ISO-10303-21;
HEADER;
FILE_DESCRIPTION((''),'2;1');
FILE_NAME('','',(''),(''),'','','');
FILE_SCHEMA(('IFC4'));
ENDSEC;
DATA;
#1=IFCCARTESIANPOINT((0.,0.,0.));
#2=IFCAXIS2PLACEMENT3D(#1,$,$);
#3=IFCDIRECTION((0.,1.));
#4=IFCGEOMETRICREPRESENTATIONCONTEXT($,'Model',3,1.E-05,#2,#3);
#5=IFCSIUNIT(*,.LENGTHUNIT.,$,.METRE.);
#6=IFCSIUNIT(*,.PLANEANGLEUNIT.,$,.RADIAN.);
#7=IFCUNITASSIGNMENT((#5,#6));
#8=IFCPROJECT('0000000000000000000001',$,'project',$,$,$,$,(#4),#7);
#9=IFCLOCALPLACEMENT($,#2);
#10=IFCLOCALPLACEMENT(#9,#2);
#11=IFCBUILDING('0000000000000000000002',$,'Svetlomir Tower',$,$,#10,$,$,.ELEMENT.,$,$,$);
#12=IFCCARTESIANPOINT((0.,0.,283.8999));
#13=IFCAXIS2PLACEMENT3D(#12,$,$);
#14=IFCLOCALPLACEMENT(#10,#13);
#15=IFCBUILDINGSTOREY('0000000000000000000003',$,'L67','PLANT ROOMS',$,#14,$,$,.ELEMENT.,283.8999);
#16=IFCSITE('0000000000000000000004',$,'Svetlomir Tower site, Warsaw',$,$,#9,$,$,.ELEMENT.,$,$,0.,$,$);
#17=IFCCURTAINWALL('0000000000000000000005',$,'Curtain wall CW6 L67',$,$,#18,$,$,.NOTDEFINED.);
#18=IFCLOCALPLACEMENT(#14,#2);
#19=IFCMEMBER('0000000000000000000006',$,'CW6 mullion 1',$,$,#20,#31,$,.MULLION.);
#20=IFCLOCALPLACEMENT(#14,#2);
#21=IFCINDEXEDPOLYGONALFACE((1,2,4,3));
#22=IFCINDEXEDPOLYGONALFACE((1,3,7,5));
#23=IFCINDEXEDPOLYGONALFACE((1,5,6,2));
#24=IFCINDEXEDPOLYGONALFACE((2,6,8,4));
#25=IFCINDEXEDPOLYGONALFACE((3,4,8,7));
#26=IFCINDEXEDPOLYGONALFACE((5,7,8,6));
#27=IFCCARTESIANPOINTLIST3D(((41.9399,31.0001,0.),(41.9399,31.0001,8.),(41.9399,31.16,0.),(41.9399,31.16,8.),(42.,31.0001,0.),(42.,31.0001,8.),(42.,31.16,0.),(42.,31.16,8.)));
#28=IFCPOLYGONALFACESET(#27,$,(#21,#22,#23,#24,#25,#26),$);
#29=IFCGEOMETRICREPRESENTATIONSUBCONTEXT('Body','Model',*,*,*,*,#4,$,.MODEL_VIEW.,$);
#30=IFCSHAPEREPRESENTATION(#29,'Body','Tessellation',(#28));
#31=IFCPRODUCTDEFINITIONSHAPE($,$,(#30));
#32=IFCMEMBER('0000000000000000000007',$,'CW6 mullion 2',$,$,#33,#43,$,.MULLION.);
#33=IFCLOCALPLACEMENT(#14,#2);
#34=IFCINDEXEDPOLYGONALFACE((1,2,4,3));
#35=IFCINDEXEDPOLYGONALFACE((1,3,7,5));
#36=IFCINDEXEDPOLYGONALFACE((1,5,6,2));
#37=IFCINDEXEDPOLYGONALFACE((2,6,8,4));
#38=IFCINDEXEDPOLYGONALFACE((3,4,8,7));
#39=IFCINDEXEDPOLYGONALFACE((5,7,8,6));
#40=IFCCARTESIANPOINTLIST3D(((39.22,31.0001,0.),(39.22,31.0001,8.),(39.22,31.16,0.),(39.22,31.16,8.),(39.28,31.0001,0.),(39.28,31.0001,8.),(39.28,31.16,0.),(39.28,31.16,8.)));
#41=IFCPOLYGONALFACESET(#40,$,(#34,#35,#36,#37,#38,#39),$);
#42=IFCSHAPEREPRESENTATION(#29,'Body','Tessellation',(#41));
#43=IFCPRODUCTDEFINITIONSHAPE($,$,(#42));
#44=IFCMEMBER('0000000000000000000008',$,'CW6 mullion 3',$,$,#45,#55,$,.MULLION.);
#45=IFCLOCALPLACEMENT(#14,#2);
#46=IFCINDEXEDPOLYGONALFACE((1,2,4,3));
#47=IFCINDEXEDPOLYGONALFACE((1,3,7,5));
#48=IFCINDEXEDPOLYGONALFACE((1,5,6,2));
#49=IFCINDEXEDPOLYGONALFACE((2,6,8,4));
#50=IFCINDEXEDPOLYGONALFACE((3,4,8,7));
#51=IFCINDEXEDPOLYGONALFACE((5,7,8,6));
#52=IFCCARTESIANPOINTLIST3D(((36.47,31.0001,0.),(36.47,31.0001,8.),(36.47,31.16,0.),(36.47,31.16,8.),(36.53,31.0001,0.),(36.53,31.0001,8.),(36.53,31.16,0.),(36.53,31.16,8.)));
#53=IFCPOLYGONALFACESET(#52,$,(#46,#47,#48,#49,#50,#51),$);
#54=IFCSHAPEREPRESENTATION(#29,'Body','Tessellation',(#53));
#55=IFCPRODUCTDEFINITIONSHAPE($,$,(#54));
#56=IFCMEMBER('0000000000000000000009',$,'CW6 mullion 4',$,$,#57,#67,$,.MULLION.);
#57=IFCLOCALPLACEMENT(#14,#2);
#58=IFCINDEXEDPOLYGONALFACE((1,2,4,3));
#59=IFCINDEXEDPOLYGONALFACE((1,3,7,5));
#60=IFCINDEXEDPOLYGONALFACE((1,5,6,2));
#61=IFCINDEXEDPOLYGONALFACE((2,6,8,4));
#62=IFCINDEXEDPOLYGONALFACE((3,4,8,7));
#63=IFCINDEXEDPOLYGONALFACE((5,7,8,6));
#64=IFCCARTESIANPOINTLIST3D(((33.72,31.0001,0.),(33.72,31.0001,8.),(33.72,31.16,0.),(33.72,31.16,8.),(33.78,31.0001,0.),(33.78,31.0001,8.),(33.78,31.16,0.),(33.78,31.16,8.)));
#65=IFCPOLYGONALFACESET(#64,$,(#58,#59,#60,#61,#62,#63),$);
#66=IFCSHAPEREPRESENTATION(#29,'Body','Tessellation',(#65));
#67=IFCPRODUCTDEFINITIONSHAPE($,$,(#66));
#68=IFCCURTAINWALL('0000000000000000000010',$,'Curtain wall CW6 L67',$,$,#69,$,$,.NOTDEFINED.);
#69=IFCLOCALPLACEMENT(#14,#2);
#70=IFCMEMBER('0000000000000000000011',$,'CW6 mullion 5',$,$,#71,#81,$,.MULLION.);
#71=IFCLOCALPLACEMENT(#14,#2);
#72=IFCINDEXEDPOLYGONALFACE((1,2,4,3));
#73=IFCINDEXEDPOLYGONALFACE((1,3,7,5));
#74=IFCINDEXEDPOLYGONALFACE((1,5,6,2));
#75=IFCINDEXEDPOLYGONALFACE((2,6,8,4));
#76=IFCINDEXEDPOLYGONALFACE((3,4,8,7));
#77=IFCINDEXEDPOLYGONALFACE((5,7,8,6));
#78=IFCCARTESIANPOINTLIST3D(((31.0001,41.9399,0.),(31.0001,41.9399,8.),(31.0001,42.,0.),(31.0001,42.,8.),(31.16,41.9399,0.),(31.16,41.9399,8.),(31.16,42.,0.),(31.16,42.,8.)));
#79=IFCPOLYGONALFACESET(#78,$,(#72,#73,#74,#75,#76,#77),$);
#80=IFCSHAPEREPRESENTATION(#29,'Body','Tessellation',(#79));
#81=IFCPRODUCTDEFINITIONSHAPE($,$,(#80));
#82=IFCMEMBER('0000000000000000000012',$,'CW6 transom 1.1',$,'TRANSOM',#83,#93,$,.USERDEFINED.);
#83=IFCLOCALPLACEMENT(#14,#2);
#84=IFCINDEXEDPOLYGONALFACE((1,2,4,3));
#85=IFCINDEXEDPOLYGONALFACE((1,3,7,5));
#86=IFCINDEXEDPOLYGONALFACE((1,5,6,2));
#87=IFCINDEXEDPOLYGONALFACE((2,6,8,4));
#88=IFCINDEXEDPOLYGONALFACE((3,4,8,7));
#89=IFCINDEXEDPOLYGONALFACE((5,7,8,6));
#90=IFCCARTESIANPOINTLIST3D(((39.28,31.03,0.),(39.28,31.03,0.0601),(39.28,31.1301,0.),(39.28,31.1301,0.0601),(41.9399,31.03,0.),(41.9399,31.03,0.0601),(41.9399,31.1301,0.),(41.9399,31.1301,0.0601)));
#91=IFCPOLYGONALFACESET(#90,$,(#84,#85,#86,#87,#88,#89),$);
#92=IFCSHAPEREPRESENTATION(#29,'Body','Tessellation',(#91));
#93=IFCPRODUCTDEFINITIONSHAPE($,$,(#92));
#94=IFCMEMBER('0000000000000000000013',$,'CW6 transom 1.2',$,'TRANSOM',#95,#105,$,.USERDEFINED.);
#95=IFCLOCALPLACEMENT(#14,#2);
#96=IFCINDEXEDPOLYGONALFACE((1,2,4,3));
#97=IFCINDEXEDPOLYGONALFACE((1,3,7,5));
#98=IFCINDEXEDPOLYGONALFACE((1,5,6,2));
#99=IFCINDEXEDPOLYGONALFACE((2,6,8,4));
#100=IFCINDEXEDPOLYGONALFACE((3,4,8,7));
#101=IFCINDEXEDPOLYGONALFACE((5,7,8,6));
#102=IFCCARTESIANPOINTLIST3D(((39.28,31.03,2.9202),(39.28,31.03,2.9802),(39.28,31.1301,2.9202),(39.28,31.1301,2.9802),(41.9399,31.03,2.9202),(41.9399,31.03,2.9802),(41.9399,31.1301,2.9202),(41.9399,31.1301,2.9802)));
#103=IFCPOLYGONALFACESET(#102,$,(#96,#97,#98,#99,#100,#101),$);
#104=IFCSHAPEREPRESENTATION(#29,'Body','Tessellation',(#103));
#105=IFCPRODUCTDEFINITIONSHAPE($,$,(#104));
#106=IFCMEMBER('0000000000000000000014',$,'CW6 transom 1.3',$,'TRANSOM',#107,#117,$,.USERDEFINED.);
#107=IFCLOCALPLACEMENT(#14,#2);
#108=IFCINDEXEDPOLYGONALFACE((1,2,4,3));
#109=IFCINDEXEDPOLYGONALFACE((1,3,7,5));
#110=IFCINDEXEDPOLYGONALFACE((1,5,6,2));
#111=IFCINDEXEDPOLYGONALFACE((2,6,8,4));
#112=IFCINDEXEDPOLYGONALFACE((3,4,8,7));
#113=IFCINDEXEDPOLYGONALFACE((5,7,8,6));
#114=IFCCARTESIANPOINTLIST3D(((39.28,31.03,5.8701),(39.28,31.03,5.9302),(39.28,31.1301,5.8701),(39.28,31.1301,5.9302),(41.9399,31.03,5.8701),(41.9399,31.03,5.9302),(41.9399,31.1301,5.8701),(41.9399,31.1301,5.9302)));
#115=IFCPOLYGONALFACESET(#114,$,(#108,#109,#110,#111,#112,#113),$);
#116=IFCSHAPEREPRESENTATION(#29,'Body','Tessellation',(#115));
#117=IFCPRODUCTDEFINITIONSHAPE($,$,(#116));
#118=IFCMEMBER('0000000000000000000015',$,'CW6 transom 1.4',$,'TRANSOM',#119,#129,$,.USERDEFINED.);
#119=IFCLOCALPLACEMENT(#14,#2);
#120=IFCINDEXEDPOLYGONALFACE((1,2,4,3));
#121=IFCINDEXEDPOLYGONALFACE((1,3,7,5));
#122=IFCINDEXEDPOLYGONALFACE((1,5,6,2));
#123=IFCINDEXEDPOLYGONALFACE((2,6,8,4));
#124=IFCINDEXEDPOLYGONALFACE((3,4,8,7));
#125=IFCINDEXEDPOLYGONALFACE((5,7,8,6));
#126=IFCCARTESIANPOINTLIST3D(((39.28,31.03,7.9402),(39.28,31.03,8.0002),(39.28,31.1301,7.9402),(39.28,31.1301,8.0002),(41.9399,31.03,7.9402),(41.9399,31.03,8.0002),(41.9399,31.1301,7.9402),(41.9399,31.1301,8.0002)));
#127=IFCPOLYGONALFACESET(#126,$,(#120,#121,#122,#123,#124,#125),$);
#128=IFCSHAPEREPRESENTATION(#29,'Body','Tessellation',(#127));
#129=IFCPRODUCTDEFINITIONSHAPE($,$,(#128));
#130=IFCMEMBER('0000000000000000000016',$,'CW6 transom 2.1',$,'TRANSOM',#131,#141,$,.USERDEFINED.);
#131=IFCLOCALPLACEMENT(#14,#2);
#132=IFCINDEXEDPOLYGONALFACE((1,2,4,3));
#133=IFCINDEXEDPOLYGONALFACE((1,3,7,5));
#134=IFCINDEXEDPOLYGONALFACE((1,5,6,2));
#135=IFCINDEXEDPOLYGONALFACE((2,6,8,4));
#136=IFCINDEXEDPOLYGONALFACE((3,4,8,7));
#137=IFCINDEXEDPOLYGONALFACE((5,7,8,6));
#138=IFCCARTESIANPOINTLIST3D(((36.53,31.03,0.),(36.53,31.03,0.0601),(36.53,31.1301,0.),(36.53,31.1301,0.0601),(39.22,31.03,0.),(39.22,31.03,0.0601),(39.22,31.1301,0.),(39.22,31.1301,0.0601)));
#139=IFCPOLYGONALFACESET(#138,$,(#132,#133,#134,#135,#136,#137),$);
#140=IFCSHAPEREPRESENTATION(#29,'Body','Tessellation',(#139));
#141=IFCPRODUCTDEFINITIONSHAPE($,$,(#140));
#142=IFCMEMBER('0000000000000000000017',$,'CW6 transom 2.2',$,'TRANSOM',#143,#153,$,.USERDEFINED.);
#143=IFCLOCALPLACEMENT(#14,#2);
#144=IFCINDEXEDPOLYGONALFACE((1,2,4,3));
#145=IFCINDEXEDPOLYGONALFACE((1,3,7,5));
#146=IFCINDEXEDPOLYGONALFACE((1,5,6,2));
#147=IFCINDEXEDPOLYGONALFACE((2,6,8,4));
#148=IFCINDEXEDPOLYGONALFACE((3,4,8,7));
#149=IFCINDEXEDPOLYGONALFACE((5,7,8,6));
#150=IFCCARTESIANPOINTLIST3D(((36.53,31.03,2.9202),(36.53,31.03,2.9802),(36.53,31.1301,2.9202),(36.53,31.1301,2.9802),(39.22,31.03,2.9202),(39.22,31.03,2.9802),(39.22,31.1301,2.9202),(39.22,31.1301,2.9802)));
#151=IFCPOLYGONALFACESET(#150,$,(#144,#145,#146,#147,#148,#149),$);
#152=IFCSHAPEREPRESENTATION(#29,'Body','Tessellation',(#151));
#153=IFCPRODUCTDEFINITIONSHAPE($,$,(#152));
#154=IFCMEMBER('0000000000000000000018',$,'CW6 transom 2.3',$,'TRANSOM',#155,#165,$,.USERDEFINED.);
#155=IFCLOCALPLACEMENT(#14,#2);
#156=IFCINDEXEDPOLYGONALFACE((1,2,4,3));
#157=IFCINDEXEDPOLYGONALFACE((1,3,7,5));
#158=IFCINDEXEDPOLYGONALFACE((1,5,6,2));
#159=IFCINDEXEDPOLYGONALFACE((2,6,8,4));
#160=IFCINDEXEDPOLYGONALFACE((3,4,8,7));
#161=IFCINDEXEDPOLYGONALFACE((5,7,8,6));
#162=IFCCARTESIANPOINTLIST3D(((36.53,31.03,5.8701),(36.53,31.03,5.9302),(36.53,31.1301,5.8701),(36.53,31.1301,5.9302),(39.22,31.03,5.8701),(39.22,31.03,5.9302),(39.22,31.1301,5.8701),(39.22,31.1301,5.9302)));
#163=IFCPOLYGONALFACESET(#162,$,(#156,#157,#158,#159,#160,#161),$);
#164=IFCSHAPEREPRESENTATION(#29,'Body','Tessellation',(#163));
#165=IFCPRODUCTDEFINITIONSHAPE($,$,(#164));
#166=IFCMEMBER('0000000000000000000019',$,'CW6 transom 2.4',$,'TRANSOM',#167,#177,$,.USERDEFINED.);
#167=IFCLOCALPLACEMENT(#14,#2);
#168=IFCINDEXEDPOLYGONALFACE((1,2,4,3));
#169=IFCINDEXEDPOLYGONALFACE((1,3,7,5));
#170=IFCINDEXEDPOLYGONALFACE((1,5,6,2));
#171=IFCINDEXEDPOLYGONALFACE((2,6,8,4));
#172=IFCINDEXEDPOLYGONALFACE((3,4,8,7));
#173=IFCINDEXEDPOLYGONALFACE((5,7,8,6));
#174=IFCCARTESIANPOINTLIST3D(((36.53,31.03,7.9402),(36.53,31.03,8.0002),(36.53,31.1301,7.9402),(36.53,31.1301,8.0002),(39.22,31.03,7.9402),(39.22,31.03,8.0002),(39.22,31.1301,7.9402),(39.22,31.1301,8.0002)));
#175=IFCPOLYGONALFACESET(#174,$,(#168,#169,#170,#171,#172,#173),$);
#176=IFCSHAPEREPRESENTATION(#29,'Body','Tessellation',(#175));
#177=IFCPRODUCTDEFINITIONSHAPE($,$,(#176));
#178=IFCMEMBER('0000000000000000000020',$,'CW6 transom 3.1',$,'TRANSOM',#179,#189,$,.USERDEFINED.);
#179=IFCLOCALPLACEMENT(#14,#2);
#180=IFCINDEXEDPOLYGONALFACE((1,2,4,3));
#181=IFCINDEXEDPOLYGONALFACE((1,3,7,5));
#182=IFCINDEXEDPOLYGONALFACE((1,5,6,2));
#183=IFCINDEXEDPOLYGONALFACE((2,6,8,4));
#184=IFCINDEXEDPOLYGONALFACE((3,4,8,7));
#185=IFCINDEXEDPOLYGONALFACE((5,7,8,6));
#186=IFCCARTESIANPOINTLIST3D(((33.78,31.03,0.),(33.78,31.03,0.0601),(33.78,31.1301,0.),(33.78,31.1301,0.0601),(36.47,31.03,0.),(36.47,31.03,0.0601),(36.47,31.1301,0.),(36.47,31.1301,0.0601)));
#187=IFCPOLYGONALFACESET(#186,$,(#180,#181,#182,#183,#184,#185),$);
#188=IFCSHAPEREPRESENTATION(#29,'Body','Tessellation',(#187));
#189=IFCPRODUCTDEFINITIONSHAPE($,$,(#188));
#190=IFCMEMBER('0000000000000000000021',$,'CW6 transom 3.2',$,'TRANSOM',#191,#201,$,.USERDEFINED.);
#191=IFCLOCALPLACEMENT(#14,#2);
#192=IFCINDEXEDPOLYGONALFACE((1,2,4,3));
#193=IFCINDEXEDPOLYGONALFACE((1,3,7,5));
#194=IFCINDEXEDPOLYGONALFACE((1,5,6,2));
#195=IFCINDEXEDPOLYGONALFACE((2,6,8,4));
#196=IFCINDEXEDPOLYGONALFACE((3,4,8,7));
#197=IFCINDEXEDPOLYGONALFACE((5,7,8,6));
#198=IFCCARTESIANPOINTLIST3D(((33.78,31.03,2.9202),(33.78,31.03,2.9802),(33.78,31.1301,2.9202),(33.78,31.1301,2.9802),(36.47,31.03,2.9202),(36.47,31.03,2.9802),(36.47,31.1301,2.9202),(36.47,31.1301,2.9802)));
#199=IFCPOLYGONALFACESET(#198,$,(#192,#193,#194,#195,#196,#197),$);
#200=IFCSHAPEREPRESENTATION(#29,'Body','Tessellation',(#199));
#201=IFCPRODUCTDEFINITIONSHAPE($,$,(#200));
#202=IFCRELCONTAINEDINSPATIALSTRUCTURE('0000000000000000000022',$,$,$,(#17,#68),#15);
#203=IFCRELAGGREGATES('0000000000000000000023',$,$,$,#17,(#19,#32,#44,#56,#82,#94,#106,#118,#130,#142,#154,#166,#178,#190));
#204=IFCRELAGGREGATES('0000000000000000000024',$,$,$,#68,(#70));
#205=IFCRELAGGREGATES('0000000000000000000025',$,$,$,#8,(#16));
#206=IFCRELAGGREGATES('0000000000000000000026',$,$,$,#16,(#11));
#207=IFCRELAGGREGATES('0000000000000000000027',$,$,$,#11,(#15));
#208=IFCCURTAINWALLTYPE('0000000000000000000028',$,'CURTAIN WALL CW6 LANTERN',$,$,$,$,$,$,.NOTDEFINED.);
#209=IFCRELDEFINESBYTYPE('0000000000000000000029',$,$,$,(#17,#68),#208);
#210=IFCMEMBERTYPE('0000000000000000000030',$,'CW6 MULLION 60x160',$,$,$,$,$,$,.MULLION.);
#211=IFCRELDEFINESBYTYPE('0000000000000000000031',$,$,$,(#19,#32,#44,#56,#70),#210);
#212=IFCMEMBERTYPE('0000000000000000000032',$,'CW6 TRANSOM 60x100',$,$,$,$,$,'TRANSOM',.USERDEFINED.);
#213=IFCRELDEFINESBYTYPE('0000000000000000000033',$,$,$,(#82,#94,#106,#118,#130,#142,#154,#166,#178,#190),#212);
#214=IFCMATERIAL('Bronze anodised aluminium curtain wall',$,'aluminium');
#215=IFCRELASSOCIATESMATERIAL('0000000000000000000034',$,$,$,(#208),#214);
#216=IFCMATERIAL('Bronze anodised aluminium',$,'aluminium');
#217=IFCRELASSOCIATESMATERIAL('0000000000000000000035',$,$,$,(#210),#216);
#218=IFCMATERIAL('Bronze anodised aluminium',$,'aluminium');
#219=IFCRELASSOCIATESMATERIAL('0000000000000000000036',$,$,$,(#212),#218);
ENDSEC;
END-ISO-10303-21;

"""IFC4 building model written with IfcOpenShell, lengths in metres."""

from ifc_helpers import new_model, si_unit, direction, frame, origin, origin_2d, place, context, subcontext, project, spatial, rectangle, extrude, material, material_profile, profile_set, type_object, element, aggregate, save


model = new_model("IFC4")

# Units and contexts
model_context = context("Model", 3, precision=1e-05, world=origin(), true_north=direction((0.0, 1.0)))
body_context = subcontext(model_context, "Body", "Model", "MODEL_VIEW")
ifc_project = project(units=[si_unit("LENGTHUNIT", "METRE"), si_unit("PLANEANGLEUNIT", "RADIAN")], contexts=[model_context])

# Site, building, storey
site_placement = place(None, origin())
site = spatial("IfcSite", under=ifc_project, at=site_placement, Name="Svetlomir Tower site, Warsaw", CompositionType="ELEMENT", RefElevation=0.0)
building_placement = place(site_placement, origin())
building = spatial("IfcBuilding", under=site, at=building_placement, Name="Svetlomir Tower", CompositionType="ELEMENT")
storey_placement = place(building_placement, frame((0.0, 0.0, 283.8999)))
storey = spatial("IfcBuildingStorey", under=building, at=storey_placement, Name="L67", Description="PLANT ROOMS", CompositionType="ELEMENT", Elevation=283.8999)

# Curtain wall, members
ifc_material_1 = material(Name="Bronze anodised aluminium curtain wall", Category="aluminium")
curtain_wall_type = type_object("IfcCurtainWallType", Name="CURTAIN WALL CW6 LANTERN", PredefinedType="NOTDEFINED", material=ifc_material_1)
curtain_wall_1_placement = place(storey_placement, origin())
curtain_wall_1 = element("IfcCurtainWall", 1, at=curtain_wall_1_placement, inside=storey, type_object=curtain_wall_type, Name="Curtain wall CW6 L67", PredefinedType="NOTDEFINED")
ifc_material_2 = material(Name="Bronze anodised aluminium", Category="aluminium")
ifc_material_profile_1 = material_profile(ifc_material_2, rectangle(XDim=0.0601, YDim=0.1599, at=origin_2d()), Name="AL 60x160")
ifc_profile_set_1 = profile_set([ifc_material_profile_1], Name="Bronze anodised aluminium 6063-T6")
member_type_1 = type_object("IfcMemberType", Name="CW6 MULLION 60x160", PredefinedType="MULLION", material=ifc_profile_set_1)
member_1_placement = place(storey_placement, frame((41.97, 31.0801, 0.0), z_axis=(0.0, 0.0, 1.0), x_axis=(-1.0, 0.0, 0.0)))
member_1 = element("IfcMember", 2, at=member_1_placement, type_object=member_type_1, Name="CW6 mullion 1", PredefinedType="MULLION", context=body_context, shape_type="SweptSolid", body=[
    extrude(rectangle(XDim=0.0601, YDim=0.1599, at=origin_2d()), origin(), (0.0, 0.0, 1.0), 8.0),
])
member_2_placement = place(storey_placement, frame((39.25, 31.0801, 0.0), z_axis=(0.0, 0.0, 1.0), x_axis=(-1.0, 0.0, 0.0)))
member_2 = element("IfcMember", 3, at=member_2_placement, type_object=member_type_1, Name="CW6 mullion 2", PredefinedType="MULLION", context=body_context, shape_type="SweptSolid", body=[
    extrude(rectangle(XDim=0.0601, YDim=0.1599, at=origin_2d()), origin(), (0.0, 0.0, 1.0), 8.0),
])
member_3_placement = place(storey_placement, frame((36.5, 31.0801, 0.0), z_axis=(0.0, 0.0, 1.0), x_axis=(-1.0, 0.0, 0.0)))
member_3 = element("IfcMember", 4, at=member_3_placement, type_object=member_type_1, Name="CW6 mullion 3", PredefinedType="MULLION", context=body_context, shape_type="SweptSolid", body=[
    extrude(rectangle(XDim=0.0601, YDim=0.1599, at=origin_2d()), origin(), (0.0, 0.0, 1.0), 8.0),
])
member_4_placement = place(storey_placement, frame((33.75, 31.0801, 0.0), z_axis=(0.0, 0.0, 1.0), x_axis=(-1.0, 0.0, 0.0)))
member_4 = element("IfcMember", 5, at=member_4_placement, type_object=member_type_1, Name="CW6 mullion 4", PredefinedType="MULLION", context=body_context, shape_type="SweptSolid", body=[
    extrude(rectangle(XDim=0.0601, YDim=0.1599, at=origin_2d()), origin(), (0.0, 0.0, 1.0), 8.0),
])

# Curtain wall, member
curtain_wall_2_placement = place(storey_placement, origin())
curtain_wall_2 = element("IfcCurtainWall", 6, at=curtain_wall_2_placement, inside=storey, type_object=curtain_wall_type, Name="Curtain wall CW6 L67", PredefinedType="NOTDEFINED")
member_5_placement = place(storey_placement, frame((31.0801, 41.97, 0.0), z_axis=(0.0, 0.0, 1.0), x_axis=(0.0, 1.0, 0.0)))
member_5 = element("IfcMember", 7, at=member_5_placement, type_object=member_type_1, Name="CW6 mullion 5", PredefinedType="MULLION", context=body_context, shape_type="SweptSolid", body=[
    extrude(rectangle(XDim=0.0601, YDim=0.1599, at=origin_2d()), origin(), (0.0, 0.0, 1.0), 8.0),
])

# Members
ifc_material_3 = material(Name="Bronze anodised aluminium", Category="aluminium")
ifc_material_profile_2 = material_profile(ifc_material_3, rectangle(XDim=0.1001, YDim=0.0601, at=origin_2d()), Name="AL 100x60")
ifc_profile_set_2 = profile_set([ifc_material_profile_2], Name="Bronze anodised aluminium 6063-T6")
member_type_2 = type_object("IfcMemberType", Name="CW6 TRANSOM 60x100", ElementType="TRANSOM", PredefinedType="USERDEFINED", material=ifc_profile_set_2)
member_6_placement = place(storey_placement, frame((41.9399, 31.0801, 0.03), z_axis=(-1.0, 0.0, 0.0), x_axis=(0.0, -1.0, 0.0)))
member_6 = element("IfcMember", 8, at=member_6_placement, type_object=member_type_2, Name="CW6 transom 1.1", ObjectType="TRANSOM", PredefinedType="USERDEFINED", context=body_context, shape_type="SweptSolid", body=[
    extrude(rectangle(XDim=0.1001, YDim=0.0601, at=origin_2d()), origin(), (0.0, 0.0, 1.0), 2.6599),
])
member_7_placement = place(storey_placement, frame((41.9399, 31.0801, 2.9502), z_axis=(-1.0, 0.0, 0.0), x_axis=(0.0, -1.0, 0.0)))
member_7 = element("IfcMember", 9, at=member_7_placement, type_object=member_type_2, Name="CW6 transom 1.2", ObjectType="TRANSOM", PredefinedType="USERDEFINED", context=body_context, shape_type="SweptSolid", body=[
    extrude(rectangle(XDim=0.1001, YDim=0.0601, at=origin_2d()), origin(), (0.0, 0.0, 1.0), 2.6599),
])
member_8_placement = place(storey_placement, frame((41.9399, 31.0801, 5.9001), z_axis=(-1.0, 0.0, 0.0), x_axis=(0.0, -1.0, 0.0)))
member_8 = element("IfcMember", 10, at=member_8_placement, type_object=member_type_2, Name="CW6 transom 1.3", ObjectType="TRANSOM", PredefinedType="USERDEFINED", context=body_context, shape_type="SweptSolid", body=[
    extrude(rectangle(XDim=0.1001, YDim=0.0601, at=origin_2d()), origin(), (0.0, 0.0, 1.0), 2.6599),
])
member_9_placement = place(storey_placement, frame((41.9399, 31.0801, 7.9702), z_axis=(-1.0, 0.0, 0.0), x_axis=(0.0, -1.0, 0.0)))
member_9 = element("IfcMember", 11, at=member_9_placement, type_object=member_type_2, Name="CW6 transom 1.4", ObjectType="TRANSOM", PredefinedType="USERDEFINED", context=body_context, shape_type="SweptSolid", body=[
    extrude(rectangle(XDim=0.1001, YDim=0.0601, at=origin_2d()), origin(), (0.0, 0.0, 1.0), 2.6599),
])
member_10_placement = place(storey_placement, frame((39.22, 31.0801, 0.03), z_axis=(-1.0, 0.0, 0.0), x_axis=(0.0, -1.0, 0.0)))
member_10 = element("IfcMember", 12, at=member_10_placement, type_object=member_type_2, Name="CW6 transom 2.1", ObjectType="TRANSOM", PredefinedType="USERDEFINED", context=body_context, shape_type="SweptSolid", body=[
    extrude(rectangle(XDim=0.1001, YDim=0.0601, at=origin_2d()), origin(), (0.0, 0.0, 1.0), 2.6899),
])
member_11_placement = place(storey_placement, frame((39.22, 31.0801, 2.9502), z_axis=(-1.0, 0.0, 0.0), x_axis=(0.0, -1.0, 0.0)))
member_11 = element("IfcMember", 13, at=member_11_placement, type_object=member_type_2, Name="CW6 transom 2.2", ObjectType="TRANSOM", PredefinedType="USERDEFINED", context=body_context, shape_type="SweptSolid", body=[
    extrude(rectangle(XDim=0.1001, YDim=0.0601, at=origin_2d()), origin(), (0.0, 0.0, 1.0), 2.6899),
])
member_12_placement = place(storey_placement, frame((39.22, 31.0801, 5.9001), z_axis=(-1.0, 0.0, 0.0), x_axis=(0.0, -1.0, 0.0)))
member_12 = element("IfcMember", 14, at=member_12_placement, type_object=member_type_2, Name="CW6 transom 2.3", ObjectType="TRANSOM", PredefinedType="USERDEFINED", context=body_context, shape_type="SweptSolid", body=[
    extrude(rectangle(XDim=0.1001, YDim=0.0601, at=origin_2d()), origin(), (0.0, 0.0, 1.0), 2.6899),
])
member_13_placement = place(storey_placement, frame((39.22, 31.0801, 7.9702), z_axis=(-1.0, 0.0, 0.0), x_axis=(0.0, -1.0, 0.0)))
member_13 = element("IfcMember", 15, at=member_13_placement, type_object=member_type_2, Name="CW6 transom 2.4", ObjectType="TRANSOM", PredefinedType="USERDEFINED", context=body_context, shape_type="SweptSolid", body=[
    extrude(rectangle(XDim=0.1001, YDim=0.0601, at=origin_2d()), origin(), (0.0, 0.0, 1.0), 2.6899),
])
member_14_placement = place(storey_placement, frame((36.47, 31.0801, 0.03), z_axis=(-1.0, 0.0, 0.0), x_axis=(0.0, -1.0, 0.0)))
member_14 = element("IfcMember", 16, at=member_14_placement, type_object=member_type_2, Name="CW6 transom 3.1", ObjectType="TRANSOM", PredefinedType="USERDEFINED", context=body_context, shape_type="SweptSolid", body=[
    extrude(rectangle(XDim=0.1001, YDim=0.0601, at=origin_2d()), origin(), (0.0, 0.0, 1.0), 2.6899),
])
member_15_placement = place(storey_placement, frame((36.47, 31.0801, 2.9502), z_axis=(-1.0, 0.0, 0.0), x_axis=(0.0, -1.0, 0.0)))
member_15 = element("IfcMember", 17, at=member_15_placement, type_object=member_type_2, Name="CW6 transom 3.2", ObjectType="TRANSOM", PredefinedType="USERDEFINED", context=body_context, shape_type="SweptSolid", body=[
    extrude(rectangle(XDim=0.1001, YDim=0.0601, at=origin_2d()), origin(), (0.0, 0.0, 1.0), 2.6899),
])

aggregate(curtain_wall_1, [member_1, member_2, member_3, member_4, member_6, member_7, member_8, member_9, member_10, member_11, member_12, member_13, member_14, member_15])
aggregate(curtain_wall_2, [member_5])

save(model, "model.ifc")
